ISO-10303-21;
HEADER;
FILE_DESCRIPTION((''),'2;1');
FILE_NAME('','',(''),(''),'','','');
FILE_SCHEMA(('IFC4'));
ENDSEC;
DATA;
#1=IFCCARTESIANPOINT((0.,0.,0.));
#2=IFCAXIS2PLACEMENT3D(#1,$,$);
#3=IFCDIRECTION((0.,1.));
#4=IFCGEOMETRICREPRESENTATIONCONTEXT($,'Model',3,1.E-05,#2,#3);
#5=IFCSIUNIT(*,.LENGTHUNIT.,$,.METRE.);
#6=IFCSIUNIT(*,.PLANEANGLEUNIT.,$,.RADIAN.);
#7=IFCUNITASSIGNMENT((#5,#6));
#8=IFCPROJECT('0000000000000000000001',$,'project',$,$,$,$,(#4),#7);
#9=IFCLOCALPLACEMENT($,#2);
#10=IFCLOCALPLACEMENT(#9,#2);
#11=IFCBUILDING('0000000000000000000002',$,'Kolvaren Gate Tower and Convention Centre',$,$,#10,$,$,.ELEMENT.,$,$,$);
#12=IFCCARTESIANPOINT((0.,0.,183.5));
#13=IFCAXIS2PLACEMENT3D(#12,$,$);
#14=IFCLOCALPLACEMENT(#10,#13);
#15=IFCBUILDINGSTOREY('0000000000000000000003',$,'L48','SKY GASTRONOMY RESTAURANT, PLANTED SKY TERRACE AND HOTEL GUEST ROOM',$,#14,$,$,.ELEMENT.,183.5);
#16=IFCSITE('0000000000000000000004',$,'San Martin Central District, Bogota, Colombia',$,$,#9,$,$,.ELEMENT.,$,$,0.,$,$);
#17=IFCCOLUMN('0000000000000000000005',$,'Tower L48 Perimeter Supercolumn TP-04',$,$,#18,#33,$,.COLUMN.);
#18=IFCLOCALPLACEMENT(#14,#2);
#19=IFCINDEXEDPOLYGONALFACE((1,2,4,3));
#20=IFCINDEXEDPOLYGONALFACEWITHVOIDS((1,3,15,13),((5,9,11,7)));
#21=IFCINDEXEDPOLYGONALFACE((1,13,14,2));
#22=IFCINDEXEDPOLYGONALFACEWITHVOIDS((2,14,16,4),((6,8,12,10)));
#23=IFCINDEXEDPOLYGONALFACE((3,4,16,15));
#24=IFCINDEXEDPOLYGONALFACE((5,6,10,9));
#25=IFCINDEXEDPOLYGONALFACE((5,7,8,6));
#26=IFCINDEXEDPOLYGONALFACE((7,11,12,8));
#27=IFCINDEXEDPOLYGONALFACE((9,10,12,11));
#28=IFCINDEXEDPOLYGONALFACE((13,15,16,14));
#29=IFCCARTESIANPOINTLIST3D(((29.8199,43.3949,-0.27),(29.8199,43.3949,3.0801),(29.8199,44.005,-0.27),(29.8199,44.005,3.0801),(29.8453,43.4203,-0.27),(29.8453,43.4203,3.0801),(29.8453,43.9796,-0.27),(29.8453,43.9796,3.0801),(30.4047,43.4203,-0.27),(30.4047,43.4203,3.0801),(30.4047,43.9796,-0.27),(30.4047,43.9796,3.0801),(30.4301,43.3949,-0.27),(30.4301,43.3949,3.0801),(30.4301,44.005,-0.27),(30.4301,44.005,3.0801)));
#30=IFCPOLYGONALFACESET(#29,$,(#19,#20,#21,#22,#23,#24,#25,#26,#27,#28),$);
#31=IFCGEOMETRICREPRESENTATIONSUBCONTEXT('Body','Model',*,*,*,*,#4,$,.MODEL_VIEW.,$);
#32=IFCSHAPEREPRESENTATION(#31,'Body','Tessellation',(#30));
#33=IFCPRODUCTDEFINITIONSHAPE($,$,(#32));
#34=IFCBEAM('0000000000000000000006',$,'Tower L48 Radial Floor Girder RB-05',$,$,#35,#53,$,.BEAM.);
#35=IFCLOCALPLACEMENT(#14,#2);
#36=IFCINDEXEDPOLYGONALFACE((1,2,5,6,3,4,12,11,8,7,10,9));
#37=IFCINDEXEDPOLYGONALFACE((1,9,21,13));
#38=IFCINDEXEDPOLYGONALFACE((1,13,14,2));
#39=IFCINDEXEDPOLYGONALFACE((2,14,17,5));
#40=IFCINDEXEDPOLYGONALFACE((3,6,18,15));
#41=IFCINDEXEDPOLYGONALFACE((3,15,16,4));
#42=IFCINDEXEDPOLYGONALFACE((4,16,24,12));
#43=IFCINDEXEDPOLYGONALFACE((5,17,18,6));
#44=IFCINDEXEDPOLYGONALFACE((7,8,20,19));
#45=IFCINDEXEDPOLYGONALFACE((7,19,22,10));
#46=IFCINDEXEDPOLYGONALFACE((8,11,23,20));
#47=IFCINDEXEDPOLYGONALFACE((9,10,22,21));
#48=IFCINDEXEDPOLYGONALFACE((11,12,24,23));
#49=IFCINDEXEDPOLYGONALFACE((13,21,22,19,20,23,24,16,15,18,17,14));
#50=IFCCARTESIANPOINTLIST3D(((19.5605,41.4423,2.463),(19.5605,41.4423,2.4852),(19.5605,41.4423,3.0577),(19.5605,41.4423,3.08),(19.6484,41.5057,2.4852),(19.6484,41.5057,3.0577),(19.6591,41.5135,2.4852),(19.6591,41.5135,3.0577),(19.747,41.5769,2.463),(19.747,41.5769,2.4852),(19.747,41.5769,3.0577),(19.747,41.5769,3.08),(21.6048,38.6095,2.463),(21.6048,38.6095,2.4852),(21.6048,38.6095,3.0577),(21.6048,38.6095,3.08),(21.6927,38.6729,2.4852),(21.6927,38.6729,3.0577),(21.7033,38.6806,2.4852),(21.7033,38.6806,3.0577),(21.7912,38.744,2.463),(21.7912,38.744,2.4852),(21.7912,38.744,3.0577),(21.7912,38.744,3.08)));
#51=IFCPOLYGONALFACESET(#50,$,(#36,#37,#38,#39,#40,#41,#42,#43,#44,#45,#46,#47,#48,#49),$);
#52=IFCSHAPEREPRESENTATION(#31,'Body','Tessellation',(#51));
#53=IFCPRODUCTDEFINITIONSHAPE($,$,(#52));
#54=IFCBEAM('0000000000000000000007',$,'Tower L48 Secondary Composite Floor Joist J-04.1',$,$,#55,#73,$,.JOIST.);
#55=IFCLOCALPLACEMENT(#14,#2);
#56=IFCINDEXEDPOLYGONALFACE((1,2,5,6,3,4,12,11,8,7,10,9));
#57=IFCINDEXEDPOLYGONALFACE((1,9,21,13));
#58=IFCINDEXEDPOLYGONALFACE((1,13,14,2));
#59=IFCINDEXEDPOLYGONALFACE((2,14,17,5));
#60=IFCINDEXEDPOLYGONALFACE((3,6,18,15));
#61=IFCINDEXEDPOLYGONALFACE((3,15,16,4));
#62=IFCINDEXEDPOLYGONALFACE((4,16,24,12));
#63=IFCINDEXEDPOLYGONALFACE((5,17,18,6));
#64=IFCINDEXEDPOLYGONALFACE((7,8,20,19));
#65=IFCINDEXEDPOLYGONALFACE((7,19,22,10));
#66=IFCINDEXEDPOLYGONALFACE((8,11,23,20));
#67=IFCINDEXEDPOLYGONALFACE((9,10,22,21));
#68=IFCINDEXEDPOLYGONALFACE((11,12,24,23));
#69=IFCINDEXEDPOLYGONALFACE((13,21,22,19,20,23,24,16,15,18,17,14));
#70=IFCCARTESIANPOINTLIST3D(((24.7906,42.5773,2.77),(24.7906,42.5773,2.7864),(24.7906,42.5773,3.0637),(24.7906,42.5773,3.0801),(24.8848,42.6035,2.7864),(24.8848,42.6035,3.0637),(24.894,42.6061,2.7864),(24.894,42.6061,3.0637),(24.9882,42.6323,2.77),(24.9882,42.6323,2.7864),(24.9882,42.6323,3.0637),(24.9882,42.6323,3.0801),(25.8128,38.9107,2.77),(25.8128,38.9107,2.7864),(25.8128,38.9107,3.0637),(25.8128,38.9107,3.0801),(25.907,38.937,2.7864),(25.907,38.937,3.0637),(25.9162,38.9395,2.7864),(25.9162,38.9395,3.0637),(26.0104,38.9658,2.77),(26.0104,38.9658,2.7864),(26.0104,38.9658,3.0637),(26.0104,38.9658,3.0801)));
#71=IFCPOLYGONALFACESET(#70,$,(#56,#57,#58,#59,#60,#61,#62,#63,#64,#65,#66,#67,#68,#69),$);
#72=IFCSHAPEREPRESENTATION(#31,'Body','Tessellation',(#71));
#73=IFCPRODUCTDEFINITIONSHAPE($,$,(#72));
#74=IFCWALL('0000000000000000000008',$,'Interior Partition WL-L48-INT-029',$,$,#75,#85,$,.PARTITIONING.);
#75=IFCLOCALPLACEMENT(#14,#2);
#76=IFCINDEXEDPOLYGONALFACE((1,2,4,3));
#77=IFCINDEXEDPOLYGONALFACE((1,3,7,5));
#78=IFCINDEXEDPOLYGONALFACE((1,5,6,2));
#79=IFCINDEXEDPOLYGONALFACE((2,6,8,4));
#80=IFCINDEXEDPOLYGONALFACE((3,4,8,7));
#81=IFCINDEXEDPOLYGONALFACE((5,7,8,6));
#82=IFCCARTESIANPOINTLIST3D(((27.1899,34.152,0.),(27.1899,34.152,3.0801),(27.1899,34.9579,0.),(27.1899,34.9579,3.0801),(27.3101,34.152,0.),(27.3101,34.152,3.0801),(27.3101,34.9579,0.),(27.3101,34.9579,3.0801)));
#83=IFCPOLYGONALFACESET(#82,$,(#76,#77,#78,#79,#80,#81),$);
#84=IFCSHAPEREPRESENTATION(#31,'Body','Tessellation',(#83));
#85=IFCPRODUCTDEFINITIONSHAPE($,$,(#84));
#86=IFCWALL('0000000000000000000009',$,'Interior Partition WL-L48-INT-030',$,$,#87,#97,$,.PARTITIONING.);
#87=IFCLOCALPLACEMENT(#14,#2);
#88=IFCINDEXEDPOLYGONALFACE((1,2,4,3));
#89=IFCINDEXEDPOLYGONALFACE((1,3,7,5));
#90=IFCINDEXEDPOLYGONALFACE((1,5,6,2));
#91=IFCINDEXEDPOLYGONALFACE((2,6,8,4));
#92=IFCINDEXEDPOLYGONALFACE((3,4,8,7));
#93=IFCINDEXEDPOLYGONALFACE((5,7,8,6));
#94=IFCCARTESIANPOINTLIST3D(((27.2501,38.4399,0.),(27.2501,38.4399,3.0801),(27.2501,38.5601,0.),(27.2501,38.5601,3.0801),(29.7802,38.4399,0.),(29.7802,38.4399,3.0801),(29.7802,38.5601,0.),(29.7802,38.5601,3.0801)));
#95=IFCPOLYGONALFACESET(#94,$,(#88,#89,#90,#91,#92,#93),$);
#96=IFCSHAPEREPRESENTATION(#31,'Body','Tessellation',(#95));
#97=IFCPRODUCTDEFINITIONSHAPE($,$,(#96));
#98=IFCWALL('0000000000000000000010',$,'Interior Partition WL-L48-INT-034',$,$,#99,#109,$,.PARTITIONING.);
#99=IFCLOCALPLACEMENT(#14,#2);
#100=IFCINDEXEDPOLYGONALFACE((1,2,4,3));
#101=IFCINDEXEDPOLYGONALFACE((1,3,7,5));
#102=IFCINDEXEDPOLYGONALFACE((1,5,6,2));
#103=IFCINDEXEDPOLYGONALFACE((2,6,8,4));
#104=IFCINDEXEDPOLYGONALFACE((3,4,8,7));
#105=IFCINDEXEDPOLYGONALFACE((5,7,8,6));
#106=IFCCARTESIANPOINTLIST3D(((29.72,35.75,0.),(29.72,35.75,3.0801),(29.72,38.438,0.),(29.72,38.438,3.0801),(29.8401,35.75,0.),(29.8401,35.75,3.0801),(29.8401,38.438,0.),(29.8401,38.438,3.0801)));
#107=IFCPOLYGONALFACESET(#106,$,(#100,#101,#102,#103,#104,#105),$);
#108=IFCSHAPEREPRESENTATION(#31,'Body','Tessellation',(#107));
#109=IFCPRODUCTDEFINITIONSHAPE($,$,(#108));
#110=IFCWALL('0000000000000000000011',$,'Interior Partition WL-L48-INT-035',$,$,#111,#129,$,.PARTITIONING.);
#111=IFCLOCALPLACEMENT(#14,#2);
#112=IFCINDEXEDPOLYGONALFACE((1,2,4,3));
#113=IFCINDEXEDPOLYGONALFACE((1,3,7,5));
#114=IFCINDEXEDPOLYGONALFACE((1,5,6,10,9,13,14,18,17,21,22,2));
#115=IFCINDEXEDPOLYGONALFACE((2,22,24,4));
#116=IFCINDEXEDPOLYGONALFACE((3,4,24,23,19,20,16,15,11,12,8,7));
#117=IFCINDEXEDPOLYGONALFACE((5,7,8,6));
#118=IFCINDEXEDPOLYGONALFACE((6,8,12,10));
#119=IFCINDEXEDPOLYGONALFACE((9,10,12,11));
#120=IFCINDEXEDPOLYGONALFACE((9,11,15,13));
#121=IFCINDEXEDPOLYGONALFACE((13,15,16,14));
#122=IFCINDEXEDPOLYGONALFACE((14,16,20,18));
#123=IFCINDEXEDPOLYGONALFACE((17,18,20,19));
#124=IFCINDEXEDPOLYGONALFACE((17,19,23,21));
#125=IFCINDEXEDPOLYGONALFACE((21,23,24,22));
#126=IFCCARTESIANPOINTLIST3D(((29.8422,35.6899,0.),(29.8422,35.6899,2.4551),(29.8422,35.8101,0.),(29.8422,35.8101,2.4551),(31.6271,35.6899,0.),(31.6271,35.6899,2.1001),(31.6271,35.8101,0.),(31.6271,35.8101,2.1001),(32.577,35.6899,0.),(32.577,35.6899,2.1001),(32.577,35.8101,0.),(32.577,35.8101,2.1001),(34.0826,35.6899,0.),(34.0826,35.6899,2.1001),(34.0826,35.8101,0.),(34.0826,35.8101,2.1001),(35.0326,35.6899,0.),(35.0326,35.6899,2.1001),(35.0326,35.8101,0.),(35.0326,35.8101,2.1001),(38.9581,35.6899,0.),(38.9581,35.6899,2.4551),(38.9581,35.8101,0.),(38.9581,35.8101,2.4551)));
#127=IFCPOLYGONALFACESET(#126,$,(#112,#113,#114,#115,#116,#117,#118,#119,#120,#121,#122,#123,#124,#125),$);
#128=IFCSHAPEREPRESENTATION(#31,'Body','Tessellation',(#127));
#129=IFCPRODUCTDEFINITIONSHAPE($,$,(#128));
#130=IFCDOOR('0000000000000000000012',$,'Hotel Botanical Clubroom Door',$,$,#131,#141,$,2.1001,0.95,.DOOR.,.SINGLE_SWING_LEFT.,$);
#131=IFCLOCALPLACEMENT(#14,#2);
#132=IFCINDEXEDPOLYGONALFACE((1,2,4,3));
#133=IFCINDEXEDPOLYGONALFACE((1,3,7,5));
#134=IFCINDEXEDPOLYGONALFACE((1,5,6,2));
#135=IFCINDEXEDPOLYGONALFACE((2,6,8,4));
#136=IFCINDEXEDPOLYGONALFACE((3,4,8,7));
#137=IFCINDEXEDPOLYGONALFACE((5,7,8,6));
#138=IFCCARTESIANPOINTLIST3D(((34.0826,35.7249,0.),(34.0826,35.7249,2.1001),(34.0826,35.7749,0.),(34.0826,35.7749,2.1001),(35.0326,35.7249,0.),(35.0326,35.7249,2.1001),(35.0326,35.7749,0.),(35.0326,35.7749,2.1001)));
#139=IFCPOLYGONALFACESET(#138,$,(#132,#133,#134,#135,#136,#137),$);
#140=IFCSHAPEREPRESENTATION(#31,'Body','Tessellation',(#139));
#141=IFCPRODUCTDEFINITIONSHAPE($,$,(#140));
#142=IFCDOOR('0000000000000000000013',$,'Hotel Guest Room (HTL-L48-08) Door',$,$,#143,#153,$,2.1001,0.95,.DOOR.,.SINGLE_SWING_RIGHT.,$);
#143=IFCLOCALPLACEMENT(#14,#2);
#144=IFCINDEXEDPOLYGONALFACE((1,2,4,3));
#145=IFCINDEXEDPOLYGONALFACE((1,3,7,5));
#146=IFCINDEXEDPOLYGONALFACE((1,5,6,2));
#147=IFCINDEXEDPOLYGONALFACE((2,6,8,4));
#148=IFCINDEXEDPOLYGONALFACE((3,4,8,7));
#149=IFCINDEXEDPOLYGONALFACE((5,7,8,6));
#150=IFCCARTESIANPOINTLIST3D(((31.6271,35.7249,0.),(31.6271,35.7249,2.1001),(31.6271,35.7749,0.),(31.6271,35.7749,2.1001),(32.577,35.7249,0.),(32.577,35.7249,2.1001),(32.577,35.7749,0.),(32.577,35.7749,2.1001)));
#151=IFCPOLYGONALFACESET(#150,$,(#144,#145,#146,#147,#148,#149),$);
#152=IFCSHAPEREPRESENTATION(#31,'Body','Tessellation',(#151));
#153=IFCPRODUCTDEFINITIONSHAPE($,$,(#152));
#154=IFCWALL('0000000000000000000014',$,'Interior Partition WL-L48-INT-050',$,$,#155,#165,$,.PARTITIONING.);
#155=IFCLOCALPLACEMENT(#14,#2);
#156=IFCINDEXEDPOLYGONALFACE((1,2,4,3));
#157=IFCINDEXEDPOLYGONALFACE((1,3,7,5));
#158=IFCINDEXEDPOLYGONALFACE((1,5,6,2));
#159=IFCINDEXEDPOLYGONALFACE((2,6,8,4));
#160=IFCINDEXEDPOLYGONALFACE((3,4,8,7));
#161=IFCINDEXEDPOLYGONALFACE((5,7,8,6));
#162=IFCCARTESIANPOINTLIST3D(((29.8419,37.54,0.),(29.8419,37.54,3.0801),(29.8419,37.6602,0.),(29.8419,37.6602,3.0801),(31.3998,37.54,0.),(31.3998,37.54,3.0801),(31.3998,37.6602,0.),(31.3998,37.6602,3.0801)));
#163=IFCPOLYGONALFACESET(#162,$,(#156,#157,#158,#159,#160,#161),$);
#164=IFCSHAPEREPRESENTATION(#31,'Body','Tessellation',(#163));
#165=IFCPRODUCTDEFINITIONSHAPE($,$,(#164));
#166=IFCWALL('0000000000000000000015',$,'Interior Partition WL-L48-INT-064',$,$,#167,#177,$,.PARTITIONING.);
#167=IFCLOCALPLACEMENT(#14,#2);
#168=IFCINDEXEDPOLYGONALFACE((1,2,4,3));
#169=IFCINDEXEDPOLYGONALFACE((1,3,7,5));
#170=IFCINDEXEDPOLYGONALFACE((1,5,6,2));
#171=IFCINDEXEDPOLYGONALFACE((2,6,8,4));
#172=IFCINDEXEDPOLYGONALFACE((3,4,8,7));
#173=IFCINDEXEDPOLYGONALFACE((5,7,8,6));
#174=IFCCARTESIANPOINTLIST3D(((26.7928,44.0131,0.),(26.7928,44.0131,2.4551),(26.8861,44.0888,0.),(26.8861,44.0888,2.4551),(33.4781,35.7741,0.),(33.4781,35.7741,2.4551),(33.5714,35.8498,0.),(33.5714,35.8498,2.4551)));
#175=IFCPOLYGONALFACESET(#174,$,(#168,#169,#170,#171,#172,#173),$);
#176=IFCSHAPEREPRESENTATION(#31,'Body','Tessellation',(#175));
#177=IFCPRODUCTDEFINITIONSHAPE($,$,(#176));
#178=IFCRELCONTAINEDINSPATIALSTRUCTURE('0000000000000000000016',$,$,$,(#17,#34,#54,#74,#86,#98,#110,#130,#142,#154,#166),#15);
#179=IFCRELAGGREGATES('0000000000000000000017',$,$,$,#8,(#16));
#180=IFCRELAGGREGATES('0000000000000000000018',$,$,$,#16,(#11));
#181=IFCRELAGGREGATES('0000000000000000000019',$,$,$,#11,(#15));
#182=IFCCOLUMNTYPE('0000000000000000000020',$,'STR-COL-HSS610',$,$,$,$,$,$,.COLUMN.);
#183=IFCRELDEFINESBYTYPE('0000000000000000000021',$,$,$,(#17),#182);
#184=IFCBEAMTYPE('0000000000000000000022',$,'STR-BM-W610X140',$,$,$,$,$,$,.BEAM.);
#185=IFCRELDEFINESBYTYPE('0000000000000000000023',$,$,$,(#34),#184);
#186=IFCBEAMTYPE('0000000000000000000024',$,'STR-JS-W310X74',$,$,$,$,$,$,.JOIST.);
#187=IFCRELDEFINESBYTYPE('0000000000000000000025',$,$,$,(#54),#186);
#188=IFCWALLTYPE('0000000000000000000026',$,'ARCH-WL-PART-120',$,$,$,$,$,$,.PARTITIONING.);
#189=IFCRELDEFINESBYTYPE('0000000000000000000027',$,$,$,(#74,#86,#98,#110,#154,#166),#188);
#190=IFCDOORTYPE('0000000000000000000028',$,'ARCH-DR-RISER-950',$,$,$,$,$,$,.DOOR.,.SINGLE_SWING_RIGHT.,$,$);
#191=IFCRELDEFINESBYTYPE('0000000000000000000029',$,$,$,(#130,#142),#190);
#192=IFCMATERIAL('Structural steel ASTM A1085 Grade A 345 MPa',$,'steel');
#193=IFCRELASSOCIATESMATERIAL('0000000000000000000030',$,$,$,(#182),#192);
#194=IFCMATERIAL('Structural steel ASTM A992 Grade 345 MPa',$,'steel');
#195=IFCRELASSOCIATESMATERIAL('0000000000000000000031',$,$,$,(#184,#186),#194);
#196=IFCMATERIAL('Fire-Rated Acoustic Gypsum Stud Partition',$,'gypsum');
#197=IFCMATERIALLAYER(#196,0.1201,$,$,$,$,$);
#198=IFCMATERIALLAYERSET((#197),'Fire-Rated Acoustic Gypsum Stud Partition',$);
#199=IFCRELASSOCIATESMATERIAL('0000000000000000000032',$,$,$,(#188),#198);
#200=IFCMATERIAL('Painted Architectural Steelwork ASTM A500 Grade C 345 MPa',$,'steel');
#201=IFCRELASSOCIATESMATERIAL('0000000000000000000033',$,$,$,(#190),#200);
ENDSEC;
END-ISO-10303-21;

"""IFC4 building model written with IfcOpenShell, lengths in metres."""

from ifc_helpers import new_model, si_unit, direction, frame, frame_2d, origin, origin_2d, place, context, subcontext, project, spatial, rectangle, hollow_rectangle, i_section, extrude, material, layer, layer_set, material_profile, profile_set, type_object, element, fill, save


model = new_model("IFC4")

# Units and contexts
model_context = context("Model", 3, precision=1e-05, world=origin(), true_north=direction((0.0, 1.0)))
body_context = subcontext(model_context, "Body", "Model", "MODEL_VIEW")
ifc_project = project(units=[si_unit("LENGTHUNIT", "METRE"), si_unit("PLANEANGLEUNIT", "RADIAN")], contexts=[model_context])

# Site, building, storey
site_placement = place(None, origin())
site = spatial("IfcSite", under=ifc_project, at=site_placement, Name="San Martin Central District, Bogota, Colombia", CompositionType="ELEMENT", RefElevation=0.0)
building_placement = place(site_placement, origin())
building = spatial("IfcBuilding", under=site, at=building_placement, Name="Kolvaren Gate Tower and Convention Centre", CompositionType="ELEMENT")
storey_placement = place(building_placement, frame((0.0, 0.0, 183.5)))
storey = spatial("IfcBuildingStorey", under=building, at=storey_placement, Name="L48", Description="SKY GASTRONOMY RESTAURANT, PLANTED SKY TERRACE AND HOTEL GUEST ROOM", CompositionType="ELEMENT", Elevation=183.5)

# Column
ifc_material_1 = material(Name="Structural steel ASTM A1085 Grade A 345 MPa", Category="steel")
ifc_material_profile_1 = material_profile(ifc_material_1, hollow_rectangle(XDim=0.6101, YDim=0.6101, WallThickness=0.0254, at=origin_2d()), Name="HSS610X610X25.4")
ifc_profile_set_1 = profile_set([ifc_material_profile_1], Name="Structural steel ASTM A1085 Grade A 345 MPa")
column_type = type_object("IfcColumnType", Name="STR-COL-HSS610", PredefinedType="COLUMN", material=ifc_profile_set_1)
column_placement = place(storey_placement, frame((30.125, 43.7, -0.27), z_axis=(0.0, 0.0, 1.0), x_axis=(1.0, 0.0, 0.0)))
element("IfcColumn", 1, at=column_placement, inside=storey, type_object=column_type, Name="Tower L48 Perimeter Supercolumn TP-04", PredefinedType="COLUMN", context=body_context, shape_type="SweptSolid", body=[
    extrude(hollow_rectangle(XDim=0.6101, YDim=0.6101, WallThickness=0.0254, at=origin_2d()), origin(), (0.0, 0.0, 1.0), 3.3501),
])

# Beams
ifc_material_2 = material(Name="Structural steel ASTM A992 Grade 345 MPa", Category="steel")
ifc_material_profile_2 = material_profile(ifc_material_2, i_section(OverallWidth=0.23, OverallDepth=0.6169, WebThickness=0.0132, FlangeThickness=0.0222, at=origin_2d()), Name="W610X140")
ifc_profile_set_2 = profile_set([ifc_material_profile_2], Name="Structural steel ASTM A992 Grade 345 MPa")
beam_type_1 = type_object("IfcBeamType", Name="STR-BM-W610X140", PredefinedType="BEAM", material=ifc_profile_set_2)
beam_1_placement = place(storey_placement, frame((21.698, 38.6768, 2.7715), z_axis=(-0.585172, 0.81091, 0.0), x_axis=(-0.81091, -0.585172, 0.0)))
element("IfcBeam", 2, at=beam_1_placement, inside=storey, type_object=beam_type_1, Name="Tower L48 Radial Floor Girder RB-05", PredefinedType="BEAM", context=body_context, shape_type="SweptSolid", body=[
    extrude(i_section(OverallWidth=0.23, OverallDepth=0.6169, WebThickness=0.0132, FlangeThickness=0.0222, at=origin_2d()), origin(), (0.0, 0.0, 1.0), 3.4934),
])
ifc_material_profile_3 = material_profile(ifc_material_2, i_section(OverallWidth=0.2051, OverallDepth=0.3101, WebThickness=0.0095, FlangeThickness=0.0164, at=origin_2d()), Name="W310X74")
ifc_profile_set_3 = profile_set([ifc_material_profile_3], Name="Structural steel ASTM A992 Grade 345 MPa")
beam_type_2 = type_object("IfcBeamType", Name="STR-JS-W310X74", PredefinedType="JOIST", material=ifc_profile_set_3)
beam_2_placement = place(storey_placement, frame((25.9116, 38.9382, 2.925), z_axis=(-0.268557, 0.963264, 0.0), x_axis=(-0.963264, -0.268557, 0.0)))
element("IfcBeam", 3, at=beam_2_placement, inside=storey, type_object=beam_type_2, Name="Tower L48 Secondary Composite Floor Joist J-04.1", PredefinedType="JOIST", context=body_context, shape_type="SweptSolid", body=[
    extrude(i_section(OverallWidth=0.2051, OverallDepth=0.3101, WebThickness=0.0095, FlangeThickness=0.0164, at=origin_2d()), origin(), (0.0, 0.0, 1.0), 3.8064),
])

# Walls
ifc_material_3 = material(Name="Fire-Rated Acoustic Gypsum Stud Partition", Category="gypsum")
ifc_layer_1 = layer(ifc_material_3, 0.1201)
ifc_layer_set_1 = layer_set([ifc_layer_1], Name="Fire-Rated Acoustic Gypsum Stud Partition")
wall_type_1 = type_object("IfcWallType", Name="ARCH-WL-PART-120", PredefinedType="PARTITIONING", material=ifc_layer_set_1)
wall_1_placement = place(storey_placement, frame((27.25, 34.1521, 0.0), z_axis=(0.0, 0.0, 1.0), x_axis=(0.0, 1.0, 0.0)))
element("IfcWall", 4, at=wall_1_placement, inside=storey, type_object=wall_type_1, Name="Interior Partition WL-L48-INT-029", PredefinedType="PARTITIONING", context=body_context, shape_type="SweptSolid", body=[
    extrude(rectangle(XDim=0.8059, YDim=0.1201, at=frame_2d((0.4028, 0.0))), origin(), (0.0, 0.0, 1.0), 3.0801),
])
wall_2_placement = place(storey_placement, frame((27.25, 38.5, 0.0), z_axis=(0.0, 0.0, 1.0), x_axis=(1.0, 0.0, 0.0)))
element("IfcWall", 5, at=wall_2_placement, inside=storey, type_object=wall_type_1, Name="Interior Partition WL-L48-INT-030", PredefinedType="PARTITIONING", context=body_context, shape_type="SweptSolid", body=[
    extrude(rectangle(XDim=2.53, YDim=0.1201, at=frame_2d((1.2651, 0.0))), origin(), (0.0, 0.0, 1.0), 3.0801),
])
wall_3_placement = place(storey_placement, frame((29.78, 35.75, 0.0), z_axis=(0.0, 0.0, 1.0), x_axis=(0.0, 1.0, 0.0)))
element("IfcWall", 6, at=wall_3_placement, inside=storey, type_object=wall_type_1, Name="Interior Partition WL-L48-INT-034", PredefinedType="PARTITIONING", context=body_context, shape_type="SweptSolid", body=[
    extrude(rectangle(XDim=2.688, YDim=0.1201, at=frame_2d((1.344, 0.0))), origin(), (0.0, 0.0, 1.0), 3.0801),
])

# Wall, openings, doors
wall_4_placement = place(storey_placement, frame((29.842, 35.75, 0.0), z_axis=(0.0, 0.0, 1.0), x_axis=(1.0, 0.0, 0.0)))
wall_4 = element("IfcWall", 7, at=wall_4_placement, inside=storey, type_object=wall_type_1, Name="Interior Partition WL-L48-INT-035", PredefinedType="PARTITIONING", context=body_context, shape_type="SweptSolid", body=[
    extrude(rectangle(XDim=9.116, YDim=0.1201, at=frame_2d((4.5581, 0.0))), origin(), (0.0, 0.0, 1.0), 2.4551),
])
opening_1_placement = place(wall_4_placement, frame((4.2405, 0.0, 0.0)))
opening_1 = element("IfcOpeningElement", 8, at=opening_1_placement, cuts=wall_4, PredefinedType="OPENING", context=body_context, shape_type="SweptSolid", body=[
    extrude(rectangle(XDim=0.95, YDim=2.1001, at=frame_2d((0.4751, 1.05))), frame((0.0, 0.0701, 0.0), z_axis=(0.0, -1.0, 0.0), x_axis=(1.0, 0.0, 0.0)), (0.0, 0.0, 1.0), 0.1401),
])
opening_2_placement = place(wall_4_placement, frame((1.7849, 0.0, 0.0)))
opening_2 = element("IfcOpeningElement", 9, at=opening_2_placement, cuts=wall_4, PredefinedType="OPENING", context=body_context, shape_type="SweptSolid", body=[
    extrude(rectangle(XDim=0.95, YDim=2.1001, at=frame_2d((0.4751, 1.05))), frame((0.0, 0.0701, 0.0), z_axis=(0.0, -1.0, 0.0), x_axis=(1.0, 0.0, 0.0)), (0.0, 0.0, 1.0), 0.1401),
])
ifc_material_4 = material(Name="Painted Architectural Steelwork ASTM A500 Grade C 345 MPa", Category="steel")
door_type_1 = type_object("IfcDoorType", Name="ARCH-DR-RISER-950", OperationType="SINGLE_SWING_RIGHT", PredefinedType="DOOR", material=ifc_material_4)
door_1_placement = place(opening_1_placement, origin())
door_1 = element("IfcDoor", 10, at=door_1_placement, inside=storey, type_object=door_type_1, Name="Hotel Botanical Clubroom Door", OperationType="SINGLE_SWING_LEFT", OverallHeight=2.1001, OverallWidth=0.95, PredefinedType="DOOR", context=body_context, shape_type="SweptSolid", body=[
    extrude(rectangle(XDim=0.95, YDim=2.1001, at=frame_2d((0.4751, 1.05))), frame((0.0, 0.0249, 0.0), z_axis=(0.0, -1.0, 0.0), x_axis=(1.0, 0.0, 0.0)), (0.0, 0.0, 1.0), 0.05),
])
fill(opening_1, door_1)
door_2_placement = place(opening_2_placement, origin())
door_2 = element("IfcDoor", 11, at=door_2_placement, inside=storey, type_object=door_type_1, Name="Hotel Guest Room (HTL-L48-08) Door", OperationType="SINGLE_SWING_RIGHT", OverallHeight=2.1001, OverallWidth=0.95, PredefinedType="DOOR", context=body_context, shape_type="SweptSolid", body=[
    extrude(rectangle(XDim=0.95, YDim=2.1001, at=frame_2d((0.4751, 1.05))), frame((0.0, 0.0249, 0.0), z_axis=(0.0, -1.0, 0.0), x_axis=(1.0, 0.0, 0.0)), (0.0, 0.0, 1.0), 0.05),
])
fill(opening_2, door_2)

# Walls
wall_5_placement = place(storey_placement, frame((29.842, 37.6001, 0.0), z_axis=(0.0, 0.0, 1.0), x_axis=(1.0, 0.0, 0.0)))
element("IfcWall", 12, at=wall_5_placement, inside=storey, type_object=wall_type_1, Name="Interior Partition WL-L48-INT-050", PredefinedType="PARTITIONING", context=body_context, shape_type="SweptSolid", body=[
    extrude(rectangle(XDim=1.5579, YDim=0.1201, at=frame_2d((0.7788, 0.0))), origin(), (0.0, 0.0, 1.0), 3.0801),
])
wall_6_placement = place(storey_placement, frame((26.8394, 44.051, 0.0), z_axis=(0.0, 0.0, 1.0), x_axis=(0.630087, -0.776524, 0.0)))
element("IfcWall", 13, at=wall_6_placement, inside=storey, type_object=wall_type_1, Name="Interior Partition WL-L48-INT-064", PredefinedType="PARTITIONING", context=body_context, shape_type="SweptSolid", body=[
    extrude(rectangle(XDim=10.6101, YDim=0.1201, at=frame_2d((5.3052, 0.0))), origin(), (0.0, 0.0, 1.0), 2.4551),
])

save(model, "model.ifc")
